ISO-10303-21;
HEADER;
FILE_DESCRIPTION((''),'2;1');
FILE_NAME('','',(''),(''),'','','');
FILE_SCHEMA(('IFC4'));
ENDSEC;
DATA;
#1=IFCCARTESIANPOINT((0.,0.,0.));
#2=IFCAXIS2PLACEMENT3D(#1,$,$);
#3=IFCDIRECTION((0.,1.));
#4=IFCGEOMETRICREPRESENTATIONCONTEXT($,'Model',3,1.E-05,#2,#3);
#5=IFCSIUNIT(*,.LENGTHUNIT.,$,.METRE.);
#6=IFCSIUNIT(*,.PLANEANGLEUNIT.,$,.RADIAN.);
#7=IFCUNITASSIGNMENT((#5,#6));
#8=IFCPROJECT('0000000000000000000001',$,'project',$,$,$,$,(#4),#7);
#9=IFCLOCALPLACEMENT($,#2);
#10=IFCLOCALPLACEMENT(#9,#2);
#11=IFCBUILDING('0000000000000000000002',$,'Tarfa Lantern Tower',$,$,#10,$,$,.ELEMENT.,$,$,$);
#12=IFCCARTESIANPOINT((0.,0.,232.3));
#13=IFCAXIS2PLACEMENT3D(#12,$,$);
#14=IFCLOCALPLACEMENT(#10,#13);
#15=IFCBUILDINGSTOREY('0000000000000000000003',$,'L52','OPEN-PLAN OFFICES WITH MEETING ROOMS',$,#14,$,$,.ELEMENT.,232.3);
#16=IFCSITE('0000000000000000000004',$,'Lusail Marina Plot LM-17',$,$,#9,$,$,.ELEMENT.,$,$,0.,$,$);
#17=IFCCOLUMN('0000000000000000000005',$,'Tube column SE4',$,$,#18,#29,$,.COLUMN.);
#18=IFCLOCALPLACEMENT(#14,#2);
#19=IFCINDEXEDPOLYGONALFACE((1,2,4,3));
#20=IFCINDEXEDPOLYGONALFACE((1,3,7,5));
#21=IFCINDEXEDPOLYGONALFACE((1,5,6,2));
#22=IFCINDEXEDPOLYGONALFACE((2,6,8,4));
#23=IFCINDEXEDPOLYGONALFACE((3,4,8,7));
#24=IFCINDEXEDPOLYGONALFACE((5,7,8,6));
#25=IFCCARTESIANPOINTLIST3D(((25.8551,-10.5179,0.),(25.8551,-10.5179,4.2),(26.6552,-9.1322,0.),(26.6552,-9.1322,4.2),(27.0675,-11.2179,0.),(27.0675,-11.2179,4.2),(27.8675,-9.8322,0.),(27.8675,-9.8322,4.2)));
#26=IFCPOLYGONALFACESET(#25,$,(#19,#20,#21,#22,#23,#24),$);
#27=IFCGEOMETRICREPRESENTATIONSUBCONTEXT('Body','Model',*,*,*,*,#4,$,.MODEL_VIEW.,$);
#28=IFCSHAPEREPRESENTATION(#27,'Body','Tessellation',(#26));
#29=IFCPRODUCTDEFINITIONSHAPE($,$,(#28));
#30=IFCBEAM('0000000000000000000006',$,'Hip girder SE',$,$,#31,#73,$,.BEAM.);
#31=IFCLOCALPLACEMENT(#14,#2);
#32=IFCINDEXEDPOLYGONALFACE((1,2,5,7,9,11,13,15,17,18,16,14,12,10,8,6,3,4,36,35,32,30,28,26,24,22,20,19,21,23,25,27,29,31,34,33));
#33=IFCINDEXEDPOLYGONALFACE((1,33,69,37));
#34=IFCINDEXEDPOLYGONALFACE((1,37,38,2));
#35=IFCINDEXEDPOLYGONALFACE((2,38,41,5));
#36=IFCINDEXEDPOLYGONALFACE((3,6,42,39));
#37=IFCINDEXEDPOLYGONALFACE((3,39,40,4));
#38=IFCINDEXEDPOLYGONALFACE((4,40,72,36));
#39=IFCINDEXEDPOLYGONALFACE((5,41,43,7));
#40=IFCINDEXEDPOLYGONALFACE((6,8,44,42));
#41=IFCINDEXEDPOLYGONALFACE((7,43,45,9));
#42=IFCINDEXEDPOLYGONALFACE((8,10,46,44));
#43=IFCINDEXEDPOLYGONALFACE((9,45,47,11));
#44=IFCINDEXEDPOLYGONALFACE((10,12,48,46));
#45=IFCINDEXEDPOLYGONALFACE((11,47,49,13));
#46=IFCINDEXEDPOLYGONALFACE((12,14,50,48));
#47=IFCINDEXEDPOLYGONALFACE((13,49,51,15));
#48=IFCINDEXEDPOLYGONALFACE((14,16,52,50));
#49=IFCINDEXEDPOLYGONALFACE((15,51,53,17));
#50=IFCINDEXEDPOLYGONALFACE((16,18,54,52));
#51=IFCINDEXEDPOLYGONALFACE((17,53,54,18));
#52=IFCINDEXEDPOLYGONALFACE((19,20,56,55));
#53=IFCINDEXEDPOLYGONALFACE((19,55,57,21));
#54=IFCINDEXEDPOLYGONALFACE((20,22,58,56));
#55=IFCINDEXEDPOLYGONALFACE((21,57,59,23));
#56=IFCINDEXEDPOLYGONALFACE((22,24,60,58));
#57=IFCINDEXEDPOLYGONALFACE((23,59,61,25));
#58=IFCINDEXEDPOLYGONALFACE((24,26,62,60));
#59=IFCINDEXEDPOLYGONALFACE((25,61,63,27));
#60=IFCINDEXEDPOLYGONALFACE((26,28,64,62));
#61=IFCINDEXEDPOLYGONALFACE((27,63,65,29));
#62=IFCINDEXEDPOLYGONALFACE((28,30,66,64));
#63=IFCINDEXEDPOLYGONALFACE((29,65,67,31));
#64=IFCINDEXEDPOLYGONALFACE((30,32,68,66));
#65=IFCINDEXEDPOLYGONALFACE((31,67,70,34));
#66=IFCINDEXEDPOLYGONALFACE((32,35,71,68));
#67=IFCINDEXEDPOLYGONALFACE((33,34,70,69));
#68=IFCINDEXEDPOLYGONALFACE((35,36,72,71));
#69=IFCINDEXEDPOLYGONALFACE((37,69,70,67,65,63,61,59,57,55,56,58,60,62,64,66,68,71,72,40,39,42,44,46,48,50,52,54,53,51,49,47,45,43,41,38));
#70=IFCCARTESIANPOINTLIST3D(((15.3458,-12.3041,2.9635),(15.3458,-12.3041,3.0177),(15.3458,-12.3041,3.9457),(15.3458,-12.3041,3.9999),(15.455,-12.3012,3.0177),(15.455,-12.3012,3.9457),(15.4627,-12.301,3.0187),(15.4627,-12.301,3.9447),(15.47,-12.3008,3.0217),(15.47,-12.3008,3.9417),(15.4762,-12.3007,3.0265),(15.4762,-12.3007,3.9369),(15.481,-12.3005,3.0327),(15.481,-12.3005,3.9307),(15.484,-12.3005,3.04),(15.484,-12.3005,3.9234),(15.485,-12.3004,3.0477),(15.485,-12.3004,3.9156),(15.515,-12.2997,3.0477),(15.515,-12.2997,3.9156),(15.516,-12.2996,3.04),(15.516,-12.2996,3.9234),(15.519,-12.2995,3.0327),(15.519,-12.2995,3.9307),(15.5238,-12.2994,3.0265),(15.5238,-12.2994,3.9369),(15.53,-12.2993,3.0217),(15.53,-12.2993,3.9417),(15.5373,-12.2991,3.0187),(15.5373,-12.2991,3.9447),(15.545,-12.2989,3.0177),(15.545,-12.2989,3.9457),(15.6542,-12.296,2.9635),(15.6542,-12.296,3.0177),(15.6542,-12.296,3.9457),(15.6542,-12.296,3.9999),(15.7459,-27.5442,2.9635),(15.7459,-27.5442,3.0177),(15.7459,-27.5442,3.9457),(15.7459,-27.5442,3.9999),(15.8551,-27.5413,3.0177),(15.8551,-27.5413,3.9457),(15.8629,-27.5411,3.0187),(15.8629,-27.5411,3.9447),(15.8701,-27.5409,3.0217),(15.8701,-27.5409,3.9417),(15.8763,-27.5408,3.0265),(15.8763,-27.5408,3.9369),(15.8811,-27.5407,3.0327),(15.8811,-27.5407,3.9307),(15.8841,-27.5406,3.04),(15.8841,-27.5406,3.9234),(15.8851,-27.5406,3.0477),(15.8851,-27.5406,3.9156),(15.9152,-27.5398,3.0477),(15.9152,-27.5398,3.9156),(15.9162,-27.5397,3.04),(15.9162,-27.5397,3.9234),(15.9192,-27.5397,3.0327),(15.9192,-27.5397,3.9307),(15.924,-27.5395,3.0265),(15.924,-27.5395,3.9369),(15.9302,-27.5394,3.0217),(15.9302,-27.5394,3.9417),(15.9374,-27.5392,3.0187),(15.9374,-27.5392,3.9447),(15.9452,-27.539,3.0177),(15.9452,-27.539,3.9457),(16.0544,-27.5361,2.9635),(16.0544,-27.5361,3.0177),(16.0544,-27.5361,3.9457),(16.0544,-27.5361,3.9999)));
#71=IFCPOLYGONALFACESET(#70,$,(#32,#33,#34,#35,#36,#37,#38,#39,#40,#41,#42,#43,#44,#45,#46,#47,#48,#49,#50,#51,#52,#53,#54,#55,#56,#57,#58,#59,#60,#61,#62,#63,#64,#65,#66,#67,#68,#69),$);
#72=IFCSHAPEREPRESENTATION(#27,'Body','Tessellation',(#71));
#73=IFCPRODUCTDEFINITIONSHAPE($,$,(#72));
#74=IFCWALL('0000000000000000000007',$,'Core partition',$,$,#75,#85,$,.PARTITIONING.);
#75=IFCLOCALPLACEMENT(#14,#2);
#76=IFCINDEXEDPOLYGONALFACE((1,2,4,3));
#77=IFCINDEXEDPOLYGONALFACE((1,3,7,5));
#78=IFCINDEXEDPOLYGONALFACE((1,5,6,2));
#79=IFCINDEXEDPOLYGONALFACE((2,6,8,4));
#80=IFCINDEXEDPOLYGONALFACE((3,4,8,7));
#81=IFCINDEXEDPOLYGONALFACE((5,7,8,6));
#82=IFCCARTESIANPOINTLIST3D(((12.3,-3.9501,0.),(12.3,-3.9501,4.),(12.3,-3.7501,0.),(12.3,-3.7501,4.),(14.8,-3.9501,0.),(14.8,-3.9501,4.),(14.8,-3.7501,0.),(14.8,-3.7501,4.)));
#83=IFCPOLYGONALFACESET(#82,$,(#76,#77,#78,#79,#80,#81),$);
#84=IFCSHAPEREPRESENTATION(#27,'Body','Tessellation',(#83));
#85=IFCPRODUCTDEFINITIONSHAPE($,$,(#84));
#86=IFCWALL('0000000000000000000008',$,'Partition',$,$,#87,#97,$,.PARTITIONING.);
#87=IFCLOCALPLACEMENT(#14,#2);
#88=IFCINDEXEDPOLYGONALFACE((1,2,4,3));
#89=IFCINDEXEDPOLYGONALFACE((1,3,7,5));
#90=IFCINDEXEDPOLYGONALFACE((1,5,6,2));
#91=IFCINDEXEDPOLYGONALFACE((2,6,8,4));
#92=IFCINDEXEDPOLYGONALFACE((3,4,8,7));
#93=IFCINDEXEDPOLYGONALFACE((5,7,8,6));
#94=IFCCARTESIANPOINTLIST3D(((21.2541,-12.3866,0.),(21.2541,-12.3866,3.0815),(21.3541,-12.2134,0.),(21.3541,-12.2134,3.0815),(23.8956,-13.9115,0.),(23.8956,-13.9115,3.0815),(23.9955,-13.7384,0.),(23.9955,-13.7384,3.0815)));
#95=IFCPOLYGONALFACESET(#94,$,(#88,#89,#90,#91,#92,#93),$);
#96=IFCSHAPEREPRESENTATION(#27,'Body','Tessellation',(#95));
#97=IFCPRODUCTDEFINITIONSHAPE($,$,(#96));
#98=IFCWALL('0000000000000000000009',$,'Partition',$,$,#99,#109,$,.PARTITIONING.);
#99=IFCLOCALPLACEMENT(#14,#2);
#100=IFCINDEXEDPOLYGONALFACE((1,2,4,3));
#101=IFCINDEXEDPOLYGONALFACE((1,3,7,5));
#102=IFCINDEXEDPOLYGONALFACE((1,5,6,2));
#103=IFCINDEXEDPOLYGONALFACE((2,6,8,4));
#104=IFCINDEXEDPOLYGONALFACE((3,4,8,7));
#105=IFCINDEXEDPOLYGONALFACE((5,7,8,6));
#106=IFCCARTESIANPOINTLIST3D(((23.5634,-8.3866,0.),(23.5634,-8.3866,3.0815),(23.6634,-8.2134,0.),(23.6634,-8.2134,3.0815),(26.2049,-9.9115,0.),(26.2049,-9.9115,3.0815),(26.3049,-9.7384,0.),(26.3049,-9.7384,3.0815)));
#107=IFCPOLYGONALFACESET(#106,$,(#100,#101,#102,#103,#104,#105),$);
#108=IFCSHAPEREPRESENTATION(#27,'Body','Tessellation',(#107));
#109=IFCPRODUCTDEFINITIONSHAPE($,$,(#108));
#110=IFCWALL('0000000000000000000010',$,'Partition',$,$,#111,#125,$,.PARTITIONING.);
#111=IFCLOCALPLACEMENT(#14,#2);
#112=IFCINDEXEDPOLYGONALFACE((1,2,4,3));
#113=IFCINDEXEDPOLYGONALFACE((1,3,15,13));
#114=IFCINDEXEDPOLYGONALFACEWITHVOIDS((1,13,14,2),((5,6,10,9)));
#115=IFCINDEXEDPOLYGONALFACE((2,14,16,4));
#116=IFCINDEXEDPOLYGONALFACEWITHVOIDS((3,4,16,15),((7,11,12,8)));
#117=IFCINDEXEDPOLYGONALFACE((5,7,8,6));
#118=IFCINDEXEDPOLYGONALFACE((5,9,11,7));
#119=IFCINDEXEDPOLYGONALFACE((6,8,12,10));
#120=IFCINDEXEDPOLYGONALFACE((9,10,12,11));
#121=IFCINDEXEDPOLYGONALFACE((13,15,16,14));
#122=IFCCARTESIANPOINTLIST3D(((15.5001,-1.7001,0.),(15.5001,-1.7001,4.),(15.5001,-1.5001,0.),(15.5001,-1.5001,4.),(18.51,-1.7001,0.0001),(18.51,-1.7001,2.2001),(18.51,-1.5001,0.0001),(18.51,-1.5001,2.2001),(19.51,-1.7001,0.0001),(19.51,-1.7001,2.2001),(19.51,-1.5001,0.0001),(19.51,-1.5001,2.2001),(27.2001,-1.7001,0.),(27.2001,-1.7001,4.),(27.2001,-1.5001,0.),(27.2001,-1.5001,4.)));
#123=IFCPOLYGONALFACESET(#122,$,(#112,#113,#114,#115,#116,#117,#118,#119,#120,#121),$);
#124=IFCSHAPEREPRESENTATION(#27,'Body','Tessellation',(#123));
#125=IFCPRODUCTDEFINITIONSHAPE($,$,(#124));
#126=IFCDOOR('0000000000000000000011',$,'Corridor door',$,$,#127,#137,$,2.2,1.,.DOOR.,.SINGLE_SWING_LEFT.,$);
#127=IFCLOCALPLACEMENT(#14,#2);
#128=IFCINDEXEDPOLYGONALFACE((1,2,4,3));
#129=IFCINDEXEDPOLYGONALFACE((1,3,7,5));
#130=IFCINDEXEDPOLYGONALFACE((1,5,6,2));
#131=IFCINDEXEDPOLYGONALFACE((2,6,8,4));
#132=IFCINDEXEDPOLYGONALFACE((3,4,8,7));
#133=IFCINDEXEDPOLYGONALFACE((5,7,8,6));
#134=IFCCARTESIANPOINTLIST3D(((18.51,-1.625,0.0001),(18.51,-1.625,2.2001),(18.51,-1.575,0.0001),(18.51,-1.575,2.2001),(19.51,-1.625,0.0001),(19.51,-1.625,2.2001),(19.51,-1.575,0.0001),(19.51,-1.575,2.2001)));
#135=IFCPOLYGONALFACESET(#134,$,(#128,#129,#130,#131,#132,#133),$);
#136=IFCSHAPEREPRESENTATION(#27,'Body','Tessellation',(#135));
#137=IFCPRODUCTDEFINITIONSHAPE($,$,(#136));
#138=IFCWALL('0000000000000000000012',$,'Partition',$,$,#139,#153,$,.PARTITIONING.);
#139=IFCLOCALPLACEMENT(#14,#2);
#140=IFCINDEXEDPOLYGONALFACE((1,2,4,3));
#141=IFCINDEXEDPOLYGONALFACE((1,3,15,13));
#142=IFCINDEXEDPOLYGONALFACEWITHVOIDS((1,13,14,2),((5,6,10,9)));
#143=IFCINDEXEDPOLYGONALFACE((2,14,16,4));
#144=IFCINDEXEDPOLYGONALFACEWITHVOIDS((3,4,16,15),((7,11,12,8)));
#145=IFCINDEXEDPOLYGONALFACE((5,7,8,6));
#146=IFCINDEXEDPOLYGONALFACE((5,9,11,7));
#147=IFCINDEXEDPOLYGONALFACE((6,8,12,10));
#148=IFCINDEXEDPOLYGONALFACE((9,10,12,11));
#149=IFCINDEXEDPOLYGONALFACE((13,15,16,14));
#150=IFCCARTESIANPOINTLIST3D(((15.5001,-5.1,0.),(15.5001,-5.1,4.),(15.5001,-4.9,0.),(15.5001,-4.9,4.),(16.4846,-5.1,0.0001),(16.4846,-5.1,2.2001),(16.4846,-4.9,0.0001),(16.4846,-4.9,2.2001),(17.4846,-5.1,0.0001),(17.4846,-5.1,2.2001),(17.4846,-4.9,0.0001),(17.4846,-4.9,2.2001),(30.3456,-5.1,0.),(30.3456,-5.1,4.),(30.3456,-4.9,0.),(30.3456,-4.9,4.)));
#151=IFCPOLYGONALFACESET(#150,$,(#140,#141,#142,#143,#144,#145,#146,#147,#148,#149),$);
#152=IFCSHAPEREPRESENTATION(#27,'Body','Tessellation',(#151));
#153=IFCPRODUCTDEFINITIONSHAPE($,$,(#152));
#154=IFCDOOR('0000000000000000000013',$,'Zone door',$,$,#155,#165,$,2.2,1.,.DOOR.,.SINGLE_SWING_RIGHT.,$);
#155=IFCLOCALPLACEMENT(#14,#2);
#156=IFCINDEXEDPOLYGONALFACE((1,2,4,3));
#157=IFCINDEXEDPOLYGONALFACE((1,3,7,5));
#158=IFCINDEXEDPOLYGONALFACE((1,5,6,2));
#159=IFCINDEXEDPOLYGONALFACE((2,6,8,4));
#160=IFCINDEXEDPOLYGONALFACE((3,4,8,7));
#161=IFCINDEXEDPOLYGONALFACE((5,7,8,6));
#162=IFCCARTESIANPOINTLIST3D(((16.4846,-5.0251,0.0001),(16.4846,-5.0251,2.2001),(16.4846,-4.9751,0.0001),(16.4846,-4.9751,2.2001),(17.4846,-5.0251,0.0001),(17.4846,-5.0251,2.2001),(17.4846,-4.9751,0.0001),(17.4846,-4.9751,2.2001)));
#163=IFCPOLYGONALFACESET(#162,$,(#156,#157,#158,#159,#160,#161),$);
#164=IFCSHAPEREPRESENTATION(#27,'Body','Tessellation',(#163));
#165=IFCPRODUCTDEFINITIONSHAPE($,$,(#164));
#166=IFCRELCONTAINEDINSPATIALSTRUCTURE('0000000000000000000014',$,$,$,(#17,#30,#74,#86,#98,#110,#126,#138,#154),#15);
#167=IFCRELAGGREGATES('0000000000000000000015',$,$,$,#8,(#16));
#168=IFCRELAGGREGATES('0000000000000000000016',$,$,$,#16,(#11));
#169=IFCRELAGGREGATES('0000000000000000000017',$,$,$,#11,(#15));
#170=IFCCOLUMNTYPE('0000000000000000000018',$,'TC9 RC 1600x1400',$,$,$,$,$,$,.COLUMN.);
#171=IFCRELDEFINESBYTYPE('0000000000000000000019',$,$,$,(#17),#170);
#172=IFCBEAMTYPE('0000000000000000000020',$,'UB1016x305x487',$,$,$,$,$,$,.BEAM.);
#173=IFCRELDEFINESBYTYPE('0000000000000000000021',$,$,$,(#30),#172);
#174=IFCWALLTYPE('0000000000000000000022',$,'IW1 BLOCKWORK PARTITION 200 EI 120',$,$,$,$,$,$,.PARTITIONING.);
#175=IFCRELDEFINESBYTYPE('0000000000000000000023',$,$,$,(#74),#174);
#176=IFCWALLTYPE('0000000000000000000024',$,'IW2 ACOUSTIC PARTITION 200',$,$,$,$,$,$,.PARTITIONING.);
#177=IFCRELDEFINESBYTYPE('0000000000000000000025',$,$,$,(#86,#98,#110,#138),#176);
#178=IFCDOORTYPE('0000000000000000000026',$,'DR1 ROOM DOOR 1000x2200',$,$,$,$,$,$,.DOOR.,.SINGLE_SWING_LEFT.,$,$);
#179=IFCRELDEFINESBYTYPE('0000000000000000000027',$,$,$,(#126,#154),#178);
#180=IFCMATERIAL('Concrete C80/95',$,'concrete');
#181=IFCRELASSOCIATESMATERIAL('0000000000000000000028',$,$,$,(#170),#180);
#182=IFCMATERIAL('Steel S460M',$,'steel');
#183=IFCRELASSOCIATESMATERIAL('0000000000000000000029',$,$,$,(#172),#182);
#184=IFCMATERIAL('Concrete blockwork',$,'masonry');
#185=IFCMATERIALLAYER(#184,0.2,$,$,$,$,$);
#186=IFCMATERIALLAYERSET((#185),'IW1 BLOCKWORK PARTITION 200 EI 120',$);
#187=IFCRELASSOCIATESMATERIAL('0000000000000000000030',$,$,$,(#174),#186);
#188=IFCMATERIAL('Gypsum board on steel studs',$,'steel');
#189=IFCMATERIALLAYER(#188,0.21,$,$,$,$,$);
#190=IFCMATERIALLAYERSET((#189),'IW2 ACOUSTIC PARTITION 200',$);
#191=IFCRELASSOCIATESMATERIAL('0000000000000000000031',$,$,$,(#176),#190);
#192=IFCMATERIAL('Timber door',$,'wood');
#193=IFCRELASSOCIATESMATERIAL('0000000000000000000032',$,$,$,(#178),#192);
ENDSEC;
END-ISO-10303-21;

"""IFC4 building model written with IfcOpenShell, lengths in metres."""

from ifc_helpers import new_model, si_unit, direction, frame, frame_2d, origin, origin_2d, place, context, subcontext, project, spatial, rectangle, i_section, extrude, material, layer, layer_set, material_profile, profile_set, type_object, element, fill, save


model = new_model("IFC4")

# Units and contexts
model_context = context("Model", 3, precision=1e-05, world=origin(), true_north=direction((0.0, 1.0)))
body_context = subcontext(model_context, "Body", "Model", "MODEL_VIEW")
ifc_project = project(units=[si_unit("LENGTHUNIT", "METRE"), si_unit("PLANEANGLEUNIT", "RADIAN")], contexts=[model_context])

# Site, building, storey
site_placement = place(None, origin())
site = spatial("IfcSite", under=ifc_project, at=site_placement, Name="Lusail Marina Plot LM-17", CompositionType="ELEMENT", RefElevation=0.0)
building_placement = place(site_placement, origin())
building = spatial("IfcBuilding", under=site, at=building_placement, Name="Tarfa Lantern Tower", CompositionType="ELEMENT")
storey_placement = place(building_placement, frame((0.0, 0.0, 232.3)))
storey = spatial("IfcBuildingStorey", under=building, at=storey_placement, Name="L52", Description="OPEN-PLAN OFFICES WITH MEETING ROOMS", CompositionType="ELEMENT", Elevation=232.3)

# Column
ifc_material_1 = material(Name="Concrete C80/95", Category="concrete")
ifc_material_profile_1 = material_profile(ifc_material_1, rectangle(XDim=1.6001, YDim=1.3999, at=origin_2d()), Name="RC 1600x1400")
ifc_profile_set_1 = profile_set([ifc_material_profile_1], Name="Concrete C80/95")
column_type = type_object("IfcColumnType", Name="TC9 RC 1600x1400", PredefinedType="COLUMN", material=ifc_profile_set_1)
column_placement = place(storey_placement, frame((26.8613, -10.175, 0.0), z_axis=(0.0, 0.0, 1.0), x_axis=(0.5, 0.866025, 0.0)))
element("IfcColumn", 1, at=column_placement, inside=storey, type_object=column_type, Name="Tube column SE4", PredefinedType="COLUMN", context=body_context, shape_type="SweptSolid", body=[
    extrude(rectangle(XDim=1.6001, YDim=1.3999, at=origin_2d()), origin(), (0.0, 0.0, 1.0), 4.2),
])

# Beam
ifc_material_2 = material(Name="Steel S460M", Category="steel")
ifc_material_profile_2 = material_profile(ifc_material_2, i_section(OverallWidth=0.3086, OverallDepth=1.0364, WebThickness=0.03, FlangeThickness=0.0542, FilletRadius=0.03, at=origin_2d()), Name="UB1016x305x487")
ifc_profile_set_2 = profile_set([ifc_material_profile_2], Name="Steel S460M")
beam_type = type_object("IfcBeamType", Name="UB1016x305x487", PredefinedType="BEAM", material=ifc_profile_set_2)
beam_placement = place(storey_placement, frame((15.5, -12.3, 3.4817), z_axis=(0.026247, -0.999655, 0.0), x_axis=(0.999655, 0.026247, 0.0)))
element("IfcBeam", 2, at=beam_placement, inside=storey, type_object=beam_type, Name="Hip girder SE", PredefinedType="BEAM", context=body_context, shape_type="SweptSolid", body=[
    extrude(i_section(OverallWidth=0.3086, OverallDepth=1.0364, WebThickness=0.03, FlangeThickness=0.0542, FilletRadius=0.03, at=origin_2d()), origin(), (0.0, 0.0, 1.0), 15.2454),
])

# Walls
ifc_material_3 = material(Name="Concrete blockwork", Category="masonry")
ifc_layer_1 = layer(ifc_material_3, 0.2)
ifc_layer_set_1 = layer_set([ifc_layer_1], Name="IW1 BLOCKWORK PARTITION 200 EI 120")
wall_type_1 = type_object("IfcWallType", Name="IW1 BLOCKWORK PARTITION 200 EI 120", PredefinedType="PARTITIONING", material=ifc_layer_set_1)
wall_1_placement = place(storey_placement, frame((14.8, -3.8501, 0.0), z_axis=(0.0, 0.0, 1.0), x_axis=(-1.0, 0.0, 0.0)))
element("IfcWall", 3, at=wall_1_placement, inside=storey, type_object=wall_type_1, Name="Core partition", PredefinedType="PARTITIONING", context=body_context, shape_type="SweptSolid", body=[
    extrude(rectangle(XDim=2.5, YDim=0.2, at=frame_2d((1.25, 0.0))), origin(), (0.0, 0.0, 1.0), 4.0),
])
ifc_material_4 = material(Name="Gypsum board on steel studs", Category="steel")
ifc_layer_2 = layer(ifc_material_4, 0.21)
ifc_layer_set_2 = layer_set([ifc_layer_2], Name="IW2 ACOUSTIC PARTITION 200")
wall_type_2 = type_object("IfcWallType", Name="IW2 ACOUSTIC PARTITION 200", PredefinedType="PARTITIONING", material=ifc_layer_set_2)
for number, where, z_axis, x_axis, name in (
    (4, (21.3042, -12.3, 0.0), (0.0, 0.0, 1.0), (0.866038, -0.499979, 0.0), "Partition"),
    (5, (23.6135, -8.3, 0.0), (0.0, 0.0, 1.0), (0.866038, -0.499979, 0.0), "Partition"),
):
    element("IfcWall", number, at=place(storey_placement, frame(where, z_axis=z_axis, x_axis=x_axis)), inside=storey, type_object=wall_type_2, Name=name, PredefinedType="PARTITIONING", context=body_context, shape_type="SweptSolid", body=[
        extrude(rectangle(XDim=3.05, YDim=0.2, at=frame_2d((1.5249, 0.0))), origin(), (0.0, 0.0, 1.0), 3.0815),
    ])

# Walls, openings, doors
wall_2_placement = place(storey_placement, frame((15.5, -1.6001, 0.0), z_axis=(0.0, 0.0, 1.0), x_axis=(1.0, 0.0, 0.0)))
wall_2 = element("IfcWall", 6, at=wall_2_placement, inside=storey, type_object=wall_type_2, Name="Partition", PredefinedType="PARTITIONING", context=body_context, shape_type="SweptSolid", body=[
    extrude(rectangle(XDim=11.7, YDim=0.2, at=frame_2d((5.8501, 0.0))), origin(), (0.0, 0.0, 1.0), 4.0),
])
opening_1_placement = place(wall_2_placement, frame((3.01, 0.0, 0.0)))
opening_1 = element("IfcOpeningElement", 7, at=opening_1_placement, cuts=wall_2, PredefinedType="OPENING", context=body_context, shape_type="SweptSolid", body=[
    extrude(rectangle(XDim=1.0, YDim=2.2, at=frame_2d((0.5, 1.1001))), frame((0.0, 0.1099, 0.0), z_axis=(0.0, -1.0, 0.0), x_axis=(1.0, 0.0, 0.0)), (0.0, 0.0, 1.0), 0.22),
])
ifc_material_5 = material(Name="Timber door", Category="wood")
door_type_1 = type_object("IfcDoorType", Name="DR1 ROOM DOOR 1000x2200", OperationType="SINGLE_SWING_LEFT", PredefinedType="DOOR", material=ifc_material_5)
door_1_placement = place(opening_1_placement, frame((1.0, 0.0, 0.0), z_axis=(0.0, 0.0, 1.0), x_axis=(-1.0, 0.0, 0.0)))
door_1 = element("IfcDoor", 8, at=door_1_placement, inside=storey, type_object=door_type_1, Name="Corridor door", OperationType="SINGLE_SWING_LEFT", OverallHeight=2.2, OverallWidth=1.0, PredefinedType="DOOR", context=body_context, shape_type="SweptSolid", body=[
    extrude(rectangle(XDim=1.0, YDim=2.2, at=frame_2d((0.5, 1.1001))), frame((0.0, 0.0249, 0.0), z_axis=(0.0, -1.0, 0.0), x_axis=(1.0, 0.0, 0.0)), (0.0, 0.0, 1.0), 0.05),
])
fill(opening_1, door_1)
wall_3_placement = place(storey_placement, frame((15.5, -5.0, 0.0), z_axis=(0.0, 0.0, 1.0), x_axis=(1.0, 0.0, 0.0)))
wall_3 = element("IfcWall", 9, at=wall_3_placement, inside=storey, type_object=wall_type_2, Name="Partition", PredefinedType="PARTITIONING", context=body_context, shape_type="SweptSolid", body=[
    extrude(rectangle(XDim=14.8455, YDim=0.2, at=frame_2d((7.4229, 0.0))), origin(), (0.0, 0.0, 1.0), 4.0),
])
opening_2_placement = place(wall_3_placement, frame((0.9846, 0.0, 0.0)))
opening_2 = element("IfcOpeningElement", 10, at=opening_2_placement, cuts=wall_3, PredefinedType="OPENING", context=body_context, shape_type="SweptSolid", body=[
    extrude(rectangle(XDim=1.0, YDim=2.2, at=frame_2d((0.5, 1.1001))), frame((0.0, 0.1099, 0.0), z_axis=(0.0, -1.0, 0.0), x_axis=(1.0, 0.0, 0.0)), (0.0, 0.0, 1.0), 0.22),
])
door_2_placement = place(opening_2_placement, origin())
door_2 = element("IfcDoor", 11, at=door_2_placement, inside=storey, type_object=door_type_1, Name="Zone door", OperationType="SINGLE_SWING_RIGHT", OverallHeight=2.2, OverallWidth=1.0, PredefinedType="DOOR", context=body_context, shape_type="SweptSolid", body=[
    extrude(rectangle(XDim=1.0, YDim=2.2, at=frame_2d((0.5, 1.1001))), frame((0.0, 0.0249, 0.0), z_axis=(0.0, -1.0, 0.0), x_axis=(1.0, 0.0, 0.0)), (0.0, 0.0, 1.0), 0.05),
])
fill(opening_2, door_2)

save(model, "model.ifc")
